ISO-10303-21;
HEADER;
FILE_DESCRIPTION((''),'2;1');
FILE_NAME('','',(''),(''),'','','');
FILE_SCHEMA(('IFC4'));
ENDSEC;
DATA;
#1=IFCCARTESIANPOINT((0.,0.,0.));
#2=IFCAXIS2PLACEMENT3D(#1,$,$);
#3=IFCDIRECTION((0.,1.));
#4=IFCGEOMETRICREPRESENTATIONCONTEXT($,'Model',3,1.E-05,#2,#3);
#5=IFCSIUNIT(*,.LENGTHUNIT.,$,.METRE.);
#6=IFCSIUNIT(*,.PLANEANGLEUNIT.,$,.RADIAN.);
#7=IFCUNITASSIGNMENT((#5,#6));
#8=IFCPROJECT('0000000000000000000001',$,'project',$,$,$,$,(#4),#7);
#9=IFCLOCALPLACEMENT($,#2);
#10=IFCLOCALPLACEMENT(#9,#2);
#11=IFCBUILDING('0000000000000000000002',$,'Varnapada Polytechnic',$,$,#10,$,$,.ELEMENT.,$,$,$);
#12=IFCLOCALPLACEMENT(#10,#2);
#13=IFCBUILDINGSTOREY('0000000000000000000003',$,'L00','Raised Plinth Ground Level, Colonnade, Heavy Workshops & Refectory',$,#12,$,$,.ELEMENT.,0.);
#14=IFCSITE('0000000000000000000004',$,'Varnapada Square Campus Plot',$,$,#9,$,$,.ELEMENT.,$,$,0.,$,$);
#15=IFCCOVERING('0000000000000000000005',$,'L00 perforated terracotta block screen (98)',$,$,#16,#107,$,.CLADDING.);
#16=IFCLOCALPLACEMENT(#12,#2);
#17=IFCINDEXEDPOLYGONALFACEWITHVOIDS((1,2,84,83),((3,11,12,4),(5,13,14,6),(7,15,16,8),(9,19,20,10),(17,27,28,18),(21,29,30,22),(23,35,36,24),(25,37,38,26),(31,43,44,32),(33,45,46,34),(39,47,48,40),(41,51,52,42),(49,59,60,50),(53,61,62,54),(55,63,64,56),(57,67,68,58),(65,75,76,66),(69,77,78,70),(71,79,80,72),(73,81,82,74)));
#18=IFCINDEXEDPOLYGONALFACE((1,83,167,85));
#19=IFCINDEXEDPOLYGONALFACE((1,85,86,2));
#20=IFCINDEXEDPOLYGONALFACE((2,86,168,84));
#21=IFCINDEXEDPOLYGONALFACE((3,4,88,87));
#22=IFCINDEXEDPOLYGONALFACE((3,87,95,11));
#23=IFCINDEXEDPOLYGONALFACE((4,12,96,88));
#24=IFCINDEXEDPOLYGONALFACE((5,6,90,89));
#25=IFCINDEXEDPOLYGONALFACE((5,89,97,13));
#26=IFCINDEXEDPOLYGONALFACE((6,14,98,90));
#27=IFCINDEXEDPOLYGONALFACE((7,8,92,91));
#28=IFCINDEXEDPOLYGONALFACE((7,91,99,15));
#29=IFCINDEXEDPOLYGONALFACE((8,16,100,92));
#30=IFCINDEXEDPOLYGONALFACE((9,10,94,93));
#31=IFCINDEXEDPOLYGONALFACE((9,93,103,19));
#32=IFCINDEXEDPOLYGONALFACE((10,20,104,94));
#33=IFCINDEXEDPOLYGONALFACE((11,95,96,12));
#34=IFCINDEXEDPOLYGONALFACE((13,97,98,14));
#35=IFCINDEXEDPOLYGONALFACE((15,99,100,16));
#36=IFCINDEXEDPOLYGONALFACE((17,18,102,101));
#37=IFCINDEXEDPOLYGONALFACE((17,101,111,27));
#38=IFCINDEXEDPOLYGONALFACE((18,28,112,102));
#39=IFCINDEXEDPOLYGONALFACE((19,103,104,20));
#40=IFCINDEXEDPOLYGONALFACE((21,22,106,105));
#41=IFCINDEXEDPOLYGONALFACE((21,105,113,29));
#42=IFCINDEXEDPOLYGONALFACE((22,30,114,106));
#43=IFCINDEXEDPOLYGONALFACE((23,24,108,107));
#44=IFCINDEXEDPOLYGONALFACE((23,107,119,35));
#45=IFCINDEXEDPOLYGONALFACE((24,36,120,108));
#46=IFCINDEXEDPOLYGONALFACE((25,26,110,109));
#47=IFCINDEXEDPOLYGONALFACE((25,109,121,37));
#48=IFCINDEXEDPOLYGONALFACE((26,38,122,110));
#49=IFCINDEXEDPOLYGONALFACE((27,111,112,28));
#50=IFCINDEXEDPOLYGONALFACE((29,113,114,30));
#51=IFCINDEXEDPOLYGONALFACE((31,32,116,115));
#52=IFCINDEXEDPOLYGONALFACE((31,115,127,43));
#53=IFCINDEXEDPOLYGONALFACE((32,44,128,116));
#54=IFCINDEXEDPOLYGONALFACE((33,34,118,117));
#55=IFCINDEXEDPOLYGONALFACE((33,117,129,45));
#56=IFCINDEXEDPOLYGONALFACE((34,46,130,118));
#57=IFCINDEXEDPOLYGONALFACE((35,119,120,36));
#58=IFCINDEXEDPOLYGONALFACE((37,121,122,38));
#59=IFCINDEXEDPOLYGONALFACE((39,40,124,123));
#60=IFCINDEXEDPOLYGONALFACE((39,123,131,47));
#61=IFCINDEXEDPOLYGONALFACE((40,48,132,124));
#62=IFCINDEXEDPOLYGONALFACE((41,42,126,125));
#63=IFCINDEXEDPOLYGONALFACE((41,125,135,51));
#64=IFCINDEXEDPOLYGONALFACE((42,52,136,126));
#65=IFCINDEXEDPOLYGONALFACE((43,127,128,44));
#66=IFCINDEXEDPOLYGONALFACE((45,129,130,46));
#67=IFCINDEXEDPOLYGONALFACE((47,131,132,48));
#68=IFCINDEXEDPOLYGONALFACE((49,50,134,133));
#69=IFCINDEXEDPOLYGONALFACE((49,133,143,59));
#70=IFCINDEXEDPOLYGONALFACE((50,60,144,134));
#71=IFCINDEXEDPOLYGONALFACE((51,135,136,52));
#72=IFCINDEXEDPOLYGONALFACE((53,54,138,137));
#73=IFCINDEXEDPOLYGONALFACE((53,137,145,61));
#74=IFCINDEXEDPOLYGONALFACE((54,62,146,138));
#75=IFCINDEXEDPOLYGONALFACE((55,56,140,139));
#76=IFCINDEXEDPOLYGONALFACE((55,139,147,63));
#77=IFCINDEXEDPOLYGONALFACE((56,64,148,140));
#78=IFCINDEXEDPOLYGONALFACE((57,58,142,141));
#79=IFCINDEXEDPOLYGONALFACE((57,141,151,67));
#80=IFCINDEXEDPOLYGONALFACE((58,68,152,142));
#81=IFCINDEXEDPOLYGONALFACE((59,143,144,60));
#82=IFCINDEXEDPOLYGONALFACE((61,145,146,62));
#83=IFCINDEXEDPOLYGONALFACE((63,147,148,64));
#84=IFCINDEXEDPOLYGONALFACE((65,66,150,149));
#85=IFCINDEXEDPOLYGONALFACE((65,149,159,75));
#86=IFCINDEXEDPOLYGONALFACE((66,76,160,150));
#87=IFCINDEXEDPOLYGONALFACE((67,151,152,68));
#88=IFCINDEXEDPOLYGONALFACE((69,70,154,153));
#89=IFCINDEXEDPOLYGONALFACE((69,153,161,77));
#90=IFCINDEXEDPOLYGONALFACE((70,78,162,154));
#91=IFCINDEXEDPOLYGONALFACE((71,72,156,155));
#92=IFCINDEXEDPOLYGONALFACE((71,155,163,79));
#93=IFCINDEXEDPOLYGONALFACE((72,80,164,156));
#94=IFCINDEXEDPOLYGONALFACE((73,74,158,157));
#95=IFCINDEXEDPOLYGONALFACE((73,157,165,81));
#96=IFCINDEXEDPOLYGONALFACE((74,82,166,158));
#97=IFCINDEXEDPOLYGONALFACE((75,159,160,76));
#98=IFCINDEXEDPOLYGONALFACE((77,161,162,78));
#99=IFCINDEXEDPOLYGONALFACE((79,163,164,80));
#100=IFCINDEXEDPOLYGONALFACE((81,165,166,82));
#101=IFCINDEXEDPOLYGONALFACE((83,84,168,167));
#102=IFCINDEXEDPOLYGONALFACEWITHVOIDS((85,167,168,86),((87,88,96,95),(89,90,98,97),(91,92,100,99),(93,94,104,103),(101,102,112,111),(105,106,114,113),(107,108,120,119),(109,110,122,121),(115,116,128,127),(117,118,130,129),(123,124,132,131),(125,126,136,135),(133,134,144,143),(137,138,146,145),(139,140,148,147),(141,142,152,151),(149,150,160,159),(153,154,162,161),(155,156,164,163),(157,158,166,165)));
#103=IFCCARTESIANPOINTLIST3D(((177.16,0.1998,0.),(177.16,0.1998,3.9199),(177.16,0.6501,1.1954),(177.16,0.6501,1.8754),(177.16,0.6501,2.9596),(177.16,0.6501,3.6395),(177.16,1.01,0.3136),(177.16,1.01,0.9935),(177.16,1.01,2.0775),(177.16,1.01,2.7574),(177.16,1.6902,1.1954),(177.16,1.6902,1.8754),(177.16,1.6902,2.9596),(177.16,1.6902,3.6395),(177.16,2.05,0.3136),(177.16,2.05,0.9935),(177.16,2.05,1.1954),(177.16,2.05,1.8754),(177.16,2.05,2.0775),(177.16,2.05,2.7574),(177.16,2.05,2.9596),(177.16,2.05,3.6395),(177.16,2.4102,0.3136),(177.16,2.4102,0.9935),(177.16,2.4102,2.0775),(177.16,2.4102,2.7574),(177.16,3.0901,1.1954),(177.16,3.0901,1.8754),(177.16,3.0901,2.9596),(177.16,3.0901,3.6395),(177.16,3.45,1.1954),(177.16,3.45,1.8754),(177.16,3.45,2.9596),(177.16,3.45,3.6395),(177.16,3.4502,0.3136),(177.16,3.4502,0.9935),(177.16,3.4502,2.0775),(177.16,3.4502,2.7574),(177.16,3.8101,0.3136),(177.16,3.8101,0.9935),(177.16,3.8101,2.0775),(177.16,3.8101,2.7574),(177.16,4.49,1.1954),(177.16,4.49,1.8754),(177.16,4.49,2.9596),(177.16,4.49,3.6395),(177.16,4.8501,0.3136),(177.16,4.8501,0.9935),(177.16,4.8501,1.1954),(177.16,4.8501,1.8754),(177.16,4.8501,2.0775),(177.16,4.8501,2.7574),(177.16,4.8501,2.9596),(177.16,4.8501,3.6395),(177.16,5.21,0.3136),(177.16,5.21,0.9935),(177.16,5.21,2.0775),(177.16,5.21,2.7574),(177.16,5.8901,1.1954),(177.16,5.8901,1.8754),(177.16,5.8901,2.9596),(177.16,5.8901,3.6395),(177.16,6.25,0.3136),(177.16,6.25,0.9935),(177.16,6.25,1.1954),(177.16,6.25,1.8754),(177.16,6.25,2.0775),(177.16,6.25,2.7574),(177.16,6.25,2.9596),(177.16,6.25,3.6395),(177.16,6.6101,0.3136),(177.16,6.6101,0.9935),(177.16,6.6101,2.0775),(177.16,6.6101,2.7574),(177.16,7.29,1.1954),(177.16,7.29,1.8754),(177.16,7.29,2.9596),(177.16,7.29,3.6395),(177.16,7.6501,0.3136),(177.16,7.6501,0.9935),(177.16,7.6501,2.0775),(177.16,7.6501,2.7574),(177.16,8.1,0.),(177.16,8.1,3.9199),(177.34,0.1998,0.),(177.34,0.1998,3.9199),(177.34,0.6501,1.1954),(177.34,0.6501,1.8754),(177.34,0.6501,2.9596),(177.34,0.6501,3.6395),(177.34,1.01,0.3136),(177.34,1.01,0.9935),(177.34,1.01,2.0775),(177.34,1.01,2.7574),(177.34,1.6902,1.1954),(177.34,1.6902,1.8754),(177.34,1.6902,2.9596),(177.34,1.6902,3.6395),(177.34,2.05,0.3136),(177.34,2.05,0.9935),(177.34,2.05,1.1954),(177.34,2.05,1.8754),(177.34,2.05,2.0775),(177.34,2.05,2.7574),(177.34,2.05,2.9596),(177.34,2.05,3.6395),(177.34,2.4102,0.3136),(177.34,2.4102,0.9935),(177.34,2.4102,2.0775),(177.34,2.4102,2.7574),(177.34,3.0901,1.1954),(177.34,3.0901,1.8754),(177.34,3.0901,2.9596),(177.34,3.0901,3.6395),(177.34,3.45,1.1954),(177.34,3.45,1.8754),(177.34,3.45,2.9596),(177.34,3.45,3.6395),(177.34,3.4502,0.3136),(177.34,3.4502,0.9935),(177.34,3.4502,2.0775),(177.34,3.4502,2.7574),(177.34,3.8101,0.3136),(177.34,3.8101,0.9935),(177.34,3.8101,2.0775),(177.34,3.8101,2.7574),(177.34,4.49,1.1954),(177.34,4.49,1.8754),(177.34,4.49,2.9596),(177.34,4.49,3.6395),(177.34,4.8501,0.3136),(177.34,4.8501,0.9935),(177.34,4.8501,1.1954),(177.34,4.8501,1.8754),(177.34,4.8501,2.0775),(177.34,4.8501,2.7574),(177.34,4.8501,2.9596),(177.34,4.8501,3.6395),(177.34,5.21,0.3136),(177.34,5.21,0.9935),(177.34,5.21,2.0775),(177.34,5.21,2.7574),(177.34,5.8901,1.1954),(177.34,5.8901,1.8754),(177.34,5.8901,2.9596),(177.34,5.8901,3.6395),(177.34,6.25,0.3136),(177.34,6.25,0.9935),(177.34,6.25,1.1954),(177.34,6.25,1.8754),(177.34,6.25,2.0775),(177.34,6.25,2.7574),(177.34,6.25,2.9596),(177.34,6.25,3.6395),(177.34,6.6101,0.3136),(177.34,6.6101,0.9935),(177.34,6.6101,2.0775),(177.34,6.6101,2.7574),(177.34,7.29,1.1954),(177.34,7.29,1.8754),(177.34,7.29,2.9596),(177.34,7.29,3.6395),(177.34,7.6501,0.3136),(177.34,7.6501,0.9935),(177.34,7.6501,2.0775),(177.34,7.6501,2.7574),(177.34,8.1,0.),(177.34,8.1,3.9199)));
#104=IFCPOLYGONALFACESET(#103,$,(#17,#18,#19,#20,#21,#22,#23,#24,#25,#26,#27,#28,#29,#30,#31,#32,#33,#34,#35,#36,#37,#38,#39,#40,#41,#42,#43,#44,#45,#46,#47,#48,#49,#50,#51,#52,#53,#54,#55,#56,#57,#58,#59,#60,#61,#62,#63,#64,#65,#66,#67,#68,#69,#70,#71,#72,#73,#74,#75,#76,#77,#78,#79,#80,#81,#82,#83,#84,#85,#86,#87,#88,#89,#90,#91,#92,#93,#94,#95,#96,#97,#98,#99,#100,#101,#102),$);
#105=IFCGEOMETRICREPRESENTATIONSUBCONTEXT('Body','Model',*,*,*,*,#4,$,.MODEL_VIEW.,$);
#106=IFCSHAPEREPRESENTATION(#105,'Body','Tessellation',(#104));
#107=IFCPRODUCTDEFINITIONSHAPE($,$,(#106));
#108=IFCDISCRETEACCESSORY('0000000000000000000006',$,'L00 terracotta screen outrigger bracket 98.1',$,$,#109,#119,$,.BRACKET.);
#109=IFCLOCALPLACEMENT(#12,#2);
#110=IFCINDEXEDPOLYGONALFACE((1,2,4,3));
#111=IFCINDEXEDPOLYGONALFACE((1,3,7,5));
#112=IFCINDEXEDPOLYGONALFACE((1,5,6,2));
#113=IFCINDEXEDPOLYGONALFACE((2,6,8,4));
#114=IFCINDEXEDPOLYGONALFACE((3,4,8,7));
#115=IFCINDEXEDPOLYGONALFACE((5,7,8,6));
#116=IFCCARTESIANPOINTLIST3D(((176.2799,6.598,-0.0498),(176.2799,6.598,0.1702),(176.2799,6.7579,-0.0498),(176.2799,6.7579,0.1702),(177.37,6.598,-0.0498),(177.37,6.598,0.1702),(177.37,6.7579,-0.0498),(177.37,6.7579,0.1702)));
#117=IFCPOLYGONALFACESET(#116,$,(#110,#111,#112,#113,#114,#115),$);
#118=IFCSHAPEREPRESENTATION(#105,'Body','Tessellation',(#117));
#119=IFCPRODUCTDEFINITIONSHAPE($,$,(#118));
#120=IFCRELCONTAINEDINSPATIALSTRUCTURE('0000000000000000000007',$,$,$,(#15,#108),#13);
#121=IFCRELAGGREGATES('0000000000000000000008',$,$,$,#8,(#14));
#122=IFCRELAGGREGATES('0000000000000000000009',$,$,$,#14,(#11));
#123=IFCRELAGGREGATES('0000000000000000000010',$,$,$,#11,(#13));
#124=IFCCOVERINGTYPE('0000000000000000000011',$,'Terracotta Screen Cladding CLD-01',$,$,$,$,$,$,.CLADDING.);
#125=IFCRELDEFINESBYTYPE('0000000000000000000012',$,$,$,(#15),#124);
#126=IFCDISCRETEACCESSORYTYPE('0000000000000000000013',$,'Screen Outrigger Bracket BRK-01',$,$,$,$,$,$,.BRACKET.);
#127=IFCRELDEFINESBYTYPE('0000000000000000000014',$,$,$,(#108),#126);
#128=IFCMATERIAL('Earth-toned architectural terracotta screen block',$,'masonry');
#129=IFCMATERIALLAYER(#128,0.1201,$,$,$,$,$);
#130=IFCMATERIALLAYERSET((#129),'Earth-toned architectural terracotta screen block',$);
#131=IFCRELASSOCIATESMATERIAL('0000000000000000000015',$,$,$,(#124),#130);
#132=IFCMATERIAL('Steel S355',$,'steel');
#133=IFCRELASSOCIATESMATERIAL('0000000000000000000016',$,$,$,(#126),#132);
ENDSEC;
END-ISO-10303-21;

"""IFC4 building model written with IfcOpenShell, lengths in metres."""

from ifc_helpers import new_model, si_unit, direction, frame, frame_2d, origin, origin_2d, place, context, subcontext, project, spatial, rectangle, extrude, material, layer, layer_set, type_object, element, save


model = new_model("IFC4")

# Units and contexts
model_context = context("Model", 3, precision=1e-05, world=origin(), true_north=direction((0.0, 1.0)))
body_context = subcontext(model_context, "Body", "Model", "MODEL_VIEW")
ifc_project = project(units=[si_unit("LENGTHUNIT", "METRE"), si_unit("PLANEANGLEUNIT", "RADIAN")], contexts=[model_context])

# Site, building, storey
site_placement = place(None, origin())
site = spatial("IfcSite", under=ifc_project, at=site_placement, Name="Varnapada Square Campus Plot", CompositionType="ELEMENT", RefElevation=0.0)
building_placement = place(site_placement, origin())
building = spatial("IfcBuilding", under=site, at=building_placement, Name="Varnapada Polytechnic", CompositionType="ELEMENT")
storey_placement = place(building_placement, origin())
storey = spatial("IfcBuildingStorey", under=building, at=storey_placement, Name="L00", Description="Raised Plinth Ground Level, Colonnade, Heavy Workshops & Refectory", CompositionType="ELEMENT", Elevation=0.0)

# Covering, openings
ifc_material_1 = material(Name="Earth-toned architectural terracotta screen block", Category="masonry")
ifc_layer_1 = layer(ifc_material_1, 0.1201)
ifc_layer_set_1 = layer_set([ifc_layer_1], Name="Earth-toned architectural terracotta screen block")
covering_type_1 = type_object("IfcCoveringType", Name="Terracotta Screen Cladding CLD-01", PredefinedType="CLADDING", material=ifc_layer_set_1)
covering_1_placement = place(storey_placement, frame((177.25, 8.1001, 0.0), z_axis=(0.0, 0.0, 1.0), x_axis=(0.0, -1.0, 0.0)))
covering_1 = element("IfcCovering", 1, at=covering_1_placement, inside=storey, type_object=covering_type_1, Name="L00 perforated terracotta block screen (98)", PredefinedType="CLADDING", context=body_context, shape_type="SweptSolid", body=[
    extrude(rectangle(XDim=7.9001, YDim=0.1799, at=frame_2d((3.9502, 0.0))), origin(), (0.0, 0.0, 1.0), 3.9199),
])
opening_1_placement = place(covering_1_placement, frame((0.45, 0.0, 0.3137)))
element("IfcOpeningElement", 2, at=opening_1_placement, cuts=covering_1, PredefinedType="OPENING", context=body_context, shape_type="SweptSolid", body=[
    extrude(rectangle(XDim=1.04, YDim=0.6799, at=frame_2d((0.52, 0.3398))), frame((0.0, 0.0999, 0.0), z_axis=(0.0, -1.0, 0.0), x_axis=(1.0, 0.0, 0.0)), (0.0, 0.0, 1.0), 0.2),
])
opening_2_placement = place(covering_1_placement, frame((1.8501, 0.0, 0.3137)))
element("IfcOpeningElement", 3, at=opening_2_placement, cuts=covering_1, PredefinedType="OPENING", context=body_context, shape_type="SweptSolid", body=[
    extrude(rectangle(XDim=1.04, YDim=0.6799, at=frame_2d((0.52, 0.3398))), frame((0.0, 0.0999, 0.0), z_axis=(0.0, -1.0, 0.0), x_axis=(1.0, 0.0, 0.0)), (0.0, 0.0, 1.0), 0.2),
])
opening_3_placement = place(covering_1_placement, frame((3.25, 0.0, 0.3137)))
element("IfcOpeningElement", 4, at=opening_3_placement, cuts=covering_1, PredefinedType="OPENING", context=body_context, shape_type="SweptSolid", body=[
    extrude(rectangle(XDim=1.04, YDim=0.6799, at=frame_2d((0.52, 0.3398))), frame((0.0, 0.0999, 0.0), z_axis=(0.0, -1.0, 0.0), x_axis=(1.0, 0.0, 0.0)), (0.0, 0.0, 1.0), 0.2),
])
opening_4_placement = place(covering_1_placement, frame((4.6499, 0.0, 0.3137)))
element("IfcOpeningElement", 5, at=opening_4_placement, cuts=covering_1, PredefinedType="OPENING", context=body_context, shape_type="SweptSolid", body=[
    extrude(rectangle(XDim=1.04, YDim=0.6799, at=frame_2d((0.52, 0.3398))), frame((0.0, 0.0999, 0.0), z_axis=(0.0, -1.0, 0.0), x_axis=(1.0, 0.0, 0.0)), (0.0, 0.0, 1.0), 0.2),
])
opening_5_placement = place(covering_1_placement, frame((6.05, 0.0, 0.3137)))
element("IfcOpeningElement", 6, at=opening_5_placement, cuts=covering_1, PredefinedType="OPENING", context=body_context, shape_type="SweptSolid", body=[
    extrude(rectangle(XDim=1.04, YDim=0.6799, at=frame_2d((0.52, 0.3398))), frame((0.0, 0.0999, 0.0), z_axis=(0.0, -1.0, 0.0), x_axis=(1.0, 0.0, 0.0)), (0.0, 0.0, 1.0), 0.2),
])
opening_6_placement = place(covering_1_placement, frame((0.8101, 0.0, 1.1956)))
element("IfcOpeningElement", 7, at=opening_6_placement, cuts=covering_1, PredefinedType="OPENING", context=body_context, shape_type="SweptSolid", body=[
    extrude(rectangle(XDim=1.04, YDim=0.6799, at=frame_2d((0.52, 0.3398))), frame((0.0, 0.0999, 0.0), z_axis=(0.0, -1.0, 0.0), x_axis=(1.0, 0.0, 0.0)), (0.0, 0.0, 1.0), 0.2),
])
opening_7_placement = place(covering_1_placement, frame((2.21, 0.0, 1.1956)))
element("IfcOpeningElement", 8, at=opening_7_placement, cuts=covering_1, PredefinedType="OPENING", context=body_context, shape_type="SweptSolid", body=[
    extrude(rectangle(XDim=1.04, YDim=0.6799, at=frame_2d((0.52, 0.3398))), frame((0.0, 0.0999, 0.0), z_axis=(0.0, -1.0, 0.0), x_axis=(1.0, 0.0, 0.0)), (0.0, 0.0, 1.0), 0.2),
])
opening_8_placement = place(covering_1_placement, frame((3.6101, 0.0, 1.1956)))
element("IfcOpeningElement", 9, at=opening_8_placement, cuts=covering_1, PredefinedType="OPENING", context=body_context, shape_type="SweptSolid", body=[
    extrude(rectangle(XDim=1.04, YDim=0.6799, at=frame_2d((0.52, 0.3398))), frame((0.0, 0.0999, 0.0), z_axis=(0.0, -1.0, 0.0), x_axis=(1.0, 0.0, 0.0)), (0.0, 0.0, 1.0), 0.2),
])
opening_9_placement = place(covering_1_placement, frame((5.01, 0.0, 1.1956)))
element("IfcOpeningElement", 10, at=opening_9_placement, cuts=covering_1, PredefinedType="OPENING", context=body_context, shape_type="SweptSolid", body=[
    extrude(rectangle(XDim=1.04, YDim=0.6799, at=frame_2d((0.52, 0.3398))), frame((0.0, 0.0999, 0.0), z_axis=(0.0, -1.0, 0.0), x_axis=(1.0, 0.0, 0.0)), (0.0, 0.0, 1.0), 0.2),
])
opening_10_placement = place(covering_1_placement, frame((6.4099, 0.0, 1.1956)))
element("IfcOpeningElement", 11, at=opening_10_placement, cuts=covering_1, PredefinedType="OPENING", context=body_context, shape_type="SweptSolid", body=[
    extrude(rectangle(XDim=1.04, YDim=0.6799, at=frame_2d((0.52, 0.3398))), frame((0.0, 0.0999, 0.0), z_axis=(0.0, -1.0, 0.0), x_axis=(1.0, 0.0, 0.0)), (0.0, 0.0, 1.0), 0.2),
])
opening_11_placement = place(covering_1_placement, frame((0.45, 0.0, 2.0776)))
element("IfcOpeningElement", 12, at=opening_11_placement, cuts=covering_1, PredefinedType="OPENING", context=body_context, shape_type="SweptSolid", body=[
    extrude(rectangle(XDim=1.04, YDim=0.6799, at=frame_2d((0.52, 0.3398))), frame((0.0, 0.0999, 0.0), z_axis=(0.0, -1.0, 0.0), x_axis=(1.0, 0.0, 0.0)), (0.0, 0.0, 1.0), 0.2),
])
opening_12_placement = place(covering_1_placement, frame((1.8501, 0.0, 2.0776)))
element("IfcOpeningElement", 13, at=opening_12_placement, cuts=covering_1, PredefinedType="OPENING", context=body_context, shape_type="SweptSolid", body=[
    extrude(rectangle(XDim=1.04, YDim=0.6799, at=frame_2d((0.52, 0.3398))), frame((0.0, 0.0999, 0.0), z_axis=(0.0, -1.0, 0.0), x_axis=(1.0, 0.0, 0.0)), (0.0, 0.0, 1.0), 0.2),
])
opening_13_placement = place(covering_1_placement, frame((3.25, 0.0, 2.0776)))
element("IfcOpeningElement", 14, at=opening_13_placement, cuts=covering_1, PredefinedType="OPENING", context=body_context, shape_type="SweptSolid", body=[
    extrude(rectangle(XDim=1.04, YDim=0.6799, at=frame_2d((0.52, 0.3398))), frame((0.0, 0.0999, 0.0), z_axis=(0.0, -1.0, 0.0), x_axis=(1.0, 0.0, 0.0)), (0.0, 0.0, 1.0), 0.2),
])
opening_14_placement = place(covering_1_placement, frame((4.6499, 0.0, 2.0776)))
element("IfcOpeningElement", 15, at=opening_14_placement, cuts=covering_1, PredefinedType="OPENING", context=body_context, shape_type="SweptSolid", body=[
    extrude(rectangle(XDim=1.04, YDim=0.6799, at=frame_2d((0.52, 0.3398))), frame((0.0, 0.0999, 0.0), z_axis=(0.0, -1.0, 0.0), x_axis=(1.0, 0.0, 0.0)), (0.0, 0.0, 1.0), 0.2),
])
opening_15_placement = place(covering_1_placement, frame((6.05, 0.0, 2.0776)))
element("IfcOpeningElement", 16, at=opening_15_placement, cuts=covering_1, PredefinedType="OPENING", context=body_context, shape_type="SweptSolid", body=[
    extrude(rectangle(XDim=1.04, YDim=0.6799, at=frame_2d((0.52, 0.3398))), frame((0.0, 0.0999, 0.0), z_axis=(0.0, -1.0, 0.0), x_axis=(1.0, 0.0, 0.0)), (0.0, 0.0, 1.0), 0.2),
])
opening_16_placement = place(covering_1_placement, frame((0.8101, 0.0, 2.9597)))
element("IfcOpeningElement", 17, at=opening_16_placement, cuts=covering_1, PredefinedType="OPENING", context=body_context, shape_type="SweptSolid", body=[
    extrude(rectangle(XDim=1.04, YDim=0.6799, at=frame_2d((0.52, 0.3398))), frame((0.0, 0.0999, 0.0), z_axis=(0.0, -1.0, 0.0), x_axis=(1.0, 0.0, 0.0)), (0.0, 0.0, 1.0), 0.2),
])
opening_17_placement = place(covering_1_placement, frame((2.21, 0.0, 2.9597)))
element("IfcOpeningElement", 18, at=opening_17_placement, cuts=covering_1, PredefinedType="OPENING", context=body_context, shape_type="SweptSolid", body=[
    extrude(rectangle(XDim=1.04, YDim=0.6799, at=frame_2d((0.52, 0.3398))), frame((0.0, 0.0999, 0.0), z_axis=(0.0, -1.0, 0.0), x_axis=(1.0, 0.0, 0.0)), (0.0, 0.0, 1.0), 0.2),
])
opening_18_placement = place(covering_1_placement, frame((3.6101, 0.0, 2.9597)))
element("IfcOpeningElement", 19, at=opening_18_placement, cuts=covering_1, PredefinedType="OPENING", context=body_context, shape_type="SweptSolid", body=[
    extrude(rectangle(XDim=1.04, YDim=0.6799, at=frame_2d((0.52, 0.3398))), frame((0.0, 0.0999, 0.0), z_axis=(0.0, -1.0, 0.0), x_axis=(1.0, 0.0, 0.0)), (0.0, 0.0, 1.0), 0.2),
])
opening_19_placement = place(covering_1_placement, frame((5.01, 0.0, 2.9597)))
element("IfcOpeningElement", 20, at=opening_19_placement, cuts=covering_1, PredefinedType="OPENING", context=body_context, shape_type="SweptSolid", body=[
    extrude(rectangle(XDim=1.04, YDim=0.6799, at=frame_2d((0.52, 0.3398))), frame((0.0, 0.0999, 0.0), z_axis=(0.0, -1.0, 0.0), x_axis=(1.0, 0.0, 0.0)), (0.0, 0.0, 1.0), 0.2),
])
opening_20_placement = place(covering_1_placement, frame((6.4099, 0.0, 2.9597)))
element("IfcOpeningElement", 21, at=opening_20_placement, cuts=covering_1, PredefinedType="OPENING", context=body_context, shape_type="SweptSolid", body=[
    extrude(rectangle(XDim=1.04, YDim=0.6799, at=frame_2d((0.52, 0.3398))), frame((0.0, 0.0999, 0.0), z_axis=(0.0, -1.0, 0.0), x_axis=(1.0, 0.0, 0.0)), (0.0, 0.0, 1.0), 0.2),
])

# Discrete accessory
ifc_material_2 = material(Name="Steel S355", Category="steel")
discrete_accessory_type = type_object("IfcDiscreteAccessoryType", Name="Screen Outrigger Bracket BRK-01", PredefinedType="BRACKET", material=ifc_material_2)
for number, where, z_axis, x_axis, name in (
    (22, (176.825, 6.678, -0.0498), (0.0, 0.0, 1.0), (0.0, -1.0, 0.0), "L00 terracotta screen outrigger bracket 98.1"),
):
    element("IfcDiscreteAccessory", number, at=place(storey_placement, frame(where, z_axis=z_axis, x_axis=x_axis)), inside=storey, type_object=discrete_accessory_type, Name=name, PredefinedType="BRACKET", context=body_context, shape_type="SweptSolid", body=[
        extrude(rectangle(XDim=0.1599, YDim=1.0901, at=origin_2d()), origin(), (0.0, 0.0, 1.0), 0.22),
    ])

save(model, "model.ifc")
